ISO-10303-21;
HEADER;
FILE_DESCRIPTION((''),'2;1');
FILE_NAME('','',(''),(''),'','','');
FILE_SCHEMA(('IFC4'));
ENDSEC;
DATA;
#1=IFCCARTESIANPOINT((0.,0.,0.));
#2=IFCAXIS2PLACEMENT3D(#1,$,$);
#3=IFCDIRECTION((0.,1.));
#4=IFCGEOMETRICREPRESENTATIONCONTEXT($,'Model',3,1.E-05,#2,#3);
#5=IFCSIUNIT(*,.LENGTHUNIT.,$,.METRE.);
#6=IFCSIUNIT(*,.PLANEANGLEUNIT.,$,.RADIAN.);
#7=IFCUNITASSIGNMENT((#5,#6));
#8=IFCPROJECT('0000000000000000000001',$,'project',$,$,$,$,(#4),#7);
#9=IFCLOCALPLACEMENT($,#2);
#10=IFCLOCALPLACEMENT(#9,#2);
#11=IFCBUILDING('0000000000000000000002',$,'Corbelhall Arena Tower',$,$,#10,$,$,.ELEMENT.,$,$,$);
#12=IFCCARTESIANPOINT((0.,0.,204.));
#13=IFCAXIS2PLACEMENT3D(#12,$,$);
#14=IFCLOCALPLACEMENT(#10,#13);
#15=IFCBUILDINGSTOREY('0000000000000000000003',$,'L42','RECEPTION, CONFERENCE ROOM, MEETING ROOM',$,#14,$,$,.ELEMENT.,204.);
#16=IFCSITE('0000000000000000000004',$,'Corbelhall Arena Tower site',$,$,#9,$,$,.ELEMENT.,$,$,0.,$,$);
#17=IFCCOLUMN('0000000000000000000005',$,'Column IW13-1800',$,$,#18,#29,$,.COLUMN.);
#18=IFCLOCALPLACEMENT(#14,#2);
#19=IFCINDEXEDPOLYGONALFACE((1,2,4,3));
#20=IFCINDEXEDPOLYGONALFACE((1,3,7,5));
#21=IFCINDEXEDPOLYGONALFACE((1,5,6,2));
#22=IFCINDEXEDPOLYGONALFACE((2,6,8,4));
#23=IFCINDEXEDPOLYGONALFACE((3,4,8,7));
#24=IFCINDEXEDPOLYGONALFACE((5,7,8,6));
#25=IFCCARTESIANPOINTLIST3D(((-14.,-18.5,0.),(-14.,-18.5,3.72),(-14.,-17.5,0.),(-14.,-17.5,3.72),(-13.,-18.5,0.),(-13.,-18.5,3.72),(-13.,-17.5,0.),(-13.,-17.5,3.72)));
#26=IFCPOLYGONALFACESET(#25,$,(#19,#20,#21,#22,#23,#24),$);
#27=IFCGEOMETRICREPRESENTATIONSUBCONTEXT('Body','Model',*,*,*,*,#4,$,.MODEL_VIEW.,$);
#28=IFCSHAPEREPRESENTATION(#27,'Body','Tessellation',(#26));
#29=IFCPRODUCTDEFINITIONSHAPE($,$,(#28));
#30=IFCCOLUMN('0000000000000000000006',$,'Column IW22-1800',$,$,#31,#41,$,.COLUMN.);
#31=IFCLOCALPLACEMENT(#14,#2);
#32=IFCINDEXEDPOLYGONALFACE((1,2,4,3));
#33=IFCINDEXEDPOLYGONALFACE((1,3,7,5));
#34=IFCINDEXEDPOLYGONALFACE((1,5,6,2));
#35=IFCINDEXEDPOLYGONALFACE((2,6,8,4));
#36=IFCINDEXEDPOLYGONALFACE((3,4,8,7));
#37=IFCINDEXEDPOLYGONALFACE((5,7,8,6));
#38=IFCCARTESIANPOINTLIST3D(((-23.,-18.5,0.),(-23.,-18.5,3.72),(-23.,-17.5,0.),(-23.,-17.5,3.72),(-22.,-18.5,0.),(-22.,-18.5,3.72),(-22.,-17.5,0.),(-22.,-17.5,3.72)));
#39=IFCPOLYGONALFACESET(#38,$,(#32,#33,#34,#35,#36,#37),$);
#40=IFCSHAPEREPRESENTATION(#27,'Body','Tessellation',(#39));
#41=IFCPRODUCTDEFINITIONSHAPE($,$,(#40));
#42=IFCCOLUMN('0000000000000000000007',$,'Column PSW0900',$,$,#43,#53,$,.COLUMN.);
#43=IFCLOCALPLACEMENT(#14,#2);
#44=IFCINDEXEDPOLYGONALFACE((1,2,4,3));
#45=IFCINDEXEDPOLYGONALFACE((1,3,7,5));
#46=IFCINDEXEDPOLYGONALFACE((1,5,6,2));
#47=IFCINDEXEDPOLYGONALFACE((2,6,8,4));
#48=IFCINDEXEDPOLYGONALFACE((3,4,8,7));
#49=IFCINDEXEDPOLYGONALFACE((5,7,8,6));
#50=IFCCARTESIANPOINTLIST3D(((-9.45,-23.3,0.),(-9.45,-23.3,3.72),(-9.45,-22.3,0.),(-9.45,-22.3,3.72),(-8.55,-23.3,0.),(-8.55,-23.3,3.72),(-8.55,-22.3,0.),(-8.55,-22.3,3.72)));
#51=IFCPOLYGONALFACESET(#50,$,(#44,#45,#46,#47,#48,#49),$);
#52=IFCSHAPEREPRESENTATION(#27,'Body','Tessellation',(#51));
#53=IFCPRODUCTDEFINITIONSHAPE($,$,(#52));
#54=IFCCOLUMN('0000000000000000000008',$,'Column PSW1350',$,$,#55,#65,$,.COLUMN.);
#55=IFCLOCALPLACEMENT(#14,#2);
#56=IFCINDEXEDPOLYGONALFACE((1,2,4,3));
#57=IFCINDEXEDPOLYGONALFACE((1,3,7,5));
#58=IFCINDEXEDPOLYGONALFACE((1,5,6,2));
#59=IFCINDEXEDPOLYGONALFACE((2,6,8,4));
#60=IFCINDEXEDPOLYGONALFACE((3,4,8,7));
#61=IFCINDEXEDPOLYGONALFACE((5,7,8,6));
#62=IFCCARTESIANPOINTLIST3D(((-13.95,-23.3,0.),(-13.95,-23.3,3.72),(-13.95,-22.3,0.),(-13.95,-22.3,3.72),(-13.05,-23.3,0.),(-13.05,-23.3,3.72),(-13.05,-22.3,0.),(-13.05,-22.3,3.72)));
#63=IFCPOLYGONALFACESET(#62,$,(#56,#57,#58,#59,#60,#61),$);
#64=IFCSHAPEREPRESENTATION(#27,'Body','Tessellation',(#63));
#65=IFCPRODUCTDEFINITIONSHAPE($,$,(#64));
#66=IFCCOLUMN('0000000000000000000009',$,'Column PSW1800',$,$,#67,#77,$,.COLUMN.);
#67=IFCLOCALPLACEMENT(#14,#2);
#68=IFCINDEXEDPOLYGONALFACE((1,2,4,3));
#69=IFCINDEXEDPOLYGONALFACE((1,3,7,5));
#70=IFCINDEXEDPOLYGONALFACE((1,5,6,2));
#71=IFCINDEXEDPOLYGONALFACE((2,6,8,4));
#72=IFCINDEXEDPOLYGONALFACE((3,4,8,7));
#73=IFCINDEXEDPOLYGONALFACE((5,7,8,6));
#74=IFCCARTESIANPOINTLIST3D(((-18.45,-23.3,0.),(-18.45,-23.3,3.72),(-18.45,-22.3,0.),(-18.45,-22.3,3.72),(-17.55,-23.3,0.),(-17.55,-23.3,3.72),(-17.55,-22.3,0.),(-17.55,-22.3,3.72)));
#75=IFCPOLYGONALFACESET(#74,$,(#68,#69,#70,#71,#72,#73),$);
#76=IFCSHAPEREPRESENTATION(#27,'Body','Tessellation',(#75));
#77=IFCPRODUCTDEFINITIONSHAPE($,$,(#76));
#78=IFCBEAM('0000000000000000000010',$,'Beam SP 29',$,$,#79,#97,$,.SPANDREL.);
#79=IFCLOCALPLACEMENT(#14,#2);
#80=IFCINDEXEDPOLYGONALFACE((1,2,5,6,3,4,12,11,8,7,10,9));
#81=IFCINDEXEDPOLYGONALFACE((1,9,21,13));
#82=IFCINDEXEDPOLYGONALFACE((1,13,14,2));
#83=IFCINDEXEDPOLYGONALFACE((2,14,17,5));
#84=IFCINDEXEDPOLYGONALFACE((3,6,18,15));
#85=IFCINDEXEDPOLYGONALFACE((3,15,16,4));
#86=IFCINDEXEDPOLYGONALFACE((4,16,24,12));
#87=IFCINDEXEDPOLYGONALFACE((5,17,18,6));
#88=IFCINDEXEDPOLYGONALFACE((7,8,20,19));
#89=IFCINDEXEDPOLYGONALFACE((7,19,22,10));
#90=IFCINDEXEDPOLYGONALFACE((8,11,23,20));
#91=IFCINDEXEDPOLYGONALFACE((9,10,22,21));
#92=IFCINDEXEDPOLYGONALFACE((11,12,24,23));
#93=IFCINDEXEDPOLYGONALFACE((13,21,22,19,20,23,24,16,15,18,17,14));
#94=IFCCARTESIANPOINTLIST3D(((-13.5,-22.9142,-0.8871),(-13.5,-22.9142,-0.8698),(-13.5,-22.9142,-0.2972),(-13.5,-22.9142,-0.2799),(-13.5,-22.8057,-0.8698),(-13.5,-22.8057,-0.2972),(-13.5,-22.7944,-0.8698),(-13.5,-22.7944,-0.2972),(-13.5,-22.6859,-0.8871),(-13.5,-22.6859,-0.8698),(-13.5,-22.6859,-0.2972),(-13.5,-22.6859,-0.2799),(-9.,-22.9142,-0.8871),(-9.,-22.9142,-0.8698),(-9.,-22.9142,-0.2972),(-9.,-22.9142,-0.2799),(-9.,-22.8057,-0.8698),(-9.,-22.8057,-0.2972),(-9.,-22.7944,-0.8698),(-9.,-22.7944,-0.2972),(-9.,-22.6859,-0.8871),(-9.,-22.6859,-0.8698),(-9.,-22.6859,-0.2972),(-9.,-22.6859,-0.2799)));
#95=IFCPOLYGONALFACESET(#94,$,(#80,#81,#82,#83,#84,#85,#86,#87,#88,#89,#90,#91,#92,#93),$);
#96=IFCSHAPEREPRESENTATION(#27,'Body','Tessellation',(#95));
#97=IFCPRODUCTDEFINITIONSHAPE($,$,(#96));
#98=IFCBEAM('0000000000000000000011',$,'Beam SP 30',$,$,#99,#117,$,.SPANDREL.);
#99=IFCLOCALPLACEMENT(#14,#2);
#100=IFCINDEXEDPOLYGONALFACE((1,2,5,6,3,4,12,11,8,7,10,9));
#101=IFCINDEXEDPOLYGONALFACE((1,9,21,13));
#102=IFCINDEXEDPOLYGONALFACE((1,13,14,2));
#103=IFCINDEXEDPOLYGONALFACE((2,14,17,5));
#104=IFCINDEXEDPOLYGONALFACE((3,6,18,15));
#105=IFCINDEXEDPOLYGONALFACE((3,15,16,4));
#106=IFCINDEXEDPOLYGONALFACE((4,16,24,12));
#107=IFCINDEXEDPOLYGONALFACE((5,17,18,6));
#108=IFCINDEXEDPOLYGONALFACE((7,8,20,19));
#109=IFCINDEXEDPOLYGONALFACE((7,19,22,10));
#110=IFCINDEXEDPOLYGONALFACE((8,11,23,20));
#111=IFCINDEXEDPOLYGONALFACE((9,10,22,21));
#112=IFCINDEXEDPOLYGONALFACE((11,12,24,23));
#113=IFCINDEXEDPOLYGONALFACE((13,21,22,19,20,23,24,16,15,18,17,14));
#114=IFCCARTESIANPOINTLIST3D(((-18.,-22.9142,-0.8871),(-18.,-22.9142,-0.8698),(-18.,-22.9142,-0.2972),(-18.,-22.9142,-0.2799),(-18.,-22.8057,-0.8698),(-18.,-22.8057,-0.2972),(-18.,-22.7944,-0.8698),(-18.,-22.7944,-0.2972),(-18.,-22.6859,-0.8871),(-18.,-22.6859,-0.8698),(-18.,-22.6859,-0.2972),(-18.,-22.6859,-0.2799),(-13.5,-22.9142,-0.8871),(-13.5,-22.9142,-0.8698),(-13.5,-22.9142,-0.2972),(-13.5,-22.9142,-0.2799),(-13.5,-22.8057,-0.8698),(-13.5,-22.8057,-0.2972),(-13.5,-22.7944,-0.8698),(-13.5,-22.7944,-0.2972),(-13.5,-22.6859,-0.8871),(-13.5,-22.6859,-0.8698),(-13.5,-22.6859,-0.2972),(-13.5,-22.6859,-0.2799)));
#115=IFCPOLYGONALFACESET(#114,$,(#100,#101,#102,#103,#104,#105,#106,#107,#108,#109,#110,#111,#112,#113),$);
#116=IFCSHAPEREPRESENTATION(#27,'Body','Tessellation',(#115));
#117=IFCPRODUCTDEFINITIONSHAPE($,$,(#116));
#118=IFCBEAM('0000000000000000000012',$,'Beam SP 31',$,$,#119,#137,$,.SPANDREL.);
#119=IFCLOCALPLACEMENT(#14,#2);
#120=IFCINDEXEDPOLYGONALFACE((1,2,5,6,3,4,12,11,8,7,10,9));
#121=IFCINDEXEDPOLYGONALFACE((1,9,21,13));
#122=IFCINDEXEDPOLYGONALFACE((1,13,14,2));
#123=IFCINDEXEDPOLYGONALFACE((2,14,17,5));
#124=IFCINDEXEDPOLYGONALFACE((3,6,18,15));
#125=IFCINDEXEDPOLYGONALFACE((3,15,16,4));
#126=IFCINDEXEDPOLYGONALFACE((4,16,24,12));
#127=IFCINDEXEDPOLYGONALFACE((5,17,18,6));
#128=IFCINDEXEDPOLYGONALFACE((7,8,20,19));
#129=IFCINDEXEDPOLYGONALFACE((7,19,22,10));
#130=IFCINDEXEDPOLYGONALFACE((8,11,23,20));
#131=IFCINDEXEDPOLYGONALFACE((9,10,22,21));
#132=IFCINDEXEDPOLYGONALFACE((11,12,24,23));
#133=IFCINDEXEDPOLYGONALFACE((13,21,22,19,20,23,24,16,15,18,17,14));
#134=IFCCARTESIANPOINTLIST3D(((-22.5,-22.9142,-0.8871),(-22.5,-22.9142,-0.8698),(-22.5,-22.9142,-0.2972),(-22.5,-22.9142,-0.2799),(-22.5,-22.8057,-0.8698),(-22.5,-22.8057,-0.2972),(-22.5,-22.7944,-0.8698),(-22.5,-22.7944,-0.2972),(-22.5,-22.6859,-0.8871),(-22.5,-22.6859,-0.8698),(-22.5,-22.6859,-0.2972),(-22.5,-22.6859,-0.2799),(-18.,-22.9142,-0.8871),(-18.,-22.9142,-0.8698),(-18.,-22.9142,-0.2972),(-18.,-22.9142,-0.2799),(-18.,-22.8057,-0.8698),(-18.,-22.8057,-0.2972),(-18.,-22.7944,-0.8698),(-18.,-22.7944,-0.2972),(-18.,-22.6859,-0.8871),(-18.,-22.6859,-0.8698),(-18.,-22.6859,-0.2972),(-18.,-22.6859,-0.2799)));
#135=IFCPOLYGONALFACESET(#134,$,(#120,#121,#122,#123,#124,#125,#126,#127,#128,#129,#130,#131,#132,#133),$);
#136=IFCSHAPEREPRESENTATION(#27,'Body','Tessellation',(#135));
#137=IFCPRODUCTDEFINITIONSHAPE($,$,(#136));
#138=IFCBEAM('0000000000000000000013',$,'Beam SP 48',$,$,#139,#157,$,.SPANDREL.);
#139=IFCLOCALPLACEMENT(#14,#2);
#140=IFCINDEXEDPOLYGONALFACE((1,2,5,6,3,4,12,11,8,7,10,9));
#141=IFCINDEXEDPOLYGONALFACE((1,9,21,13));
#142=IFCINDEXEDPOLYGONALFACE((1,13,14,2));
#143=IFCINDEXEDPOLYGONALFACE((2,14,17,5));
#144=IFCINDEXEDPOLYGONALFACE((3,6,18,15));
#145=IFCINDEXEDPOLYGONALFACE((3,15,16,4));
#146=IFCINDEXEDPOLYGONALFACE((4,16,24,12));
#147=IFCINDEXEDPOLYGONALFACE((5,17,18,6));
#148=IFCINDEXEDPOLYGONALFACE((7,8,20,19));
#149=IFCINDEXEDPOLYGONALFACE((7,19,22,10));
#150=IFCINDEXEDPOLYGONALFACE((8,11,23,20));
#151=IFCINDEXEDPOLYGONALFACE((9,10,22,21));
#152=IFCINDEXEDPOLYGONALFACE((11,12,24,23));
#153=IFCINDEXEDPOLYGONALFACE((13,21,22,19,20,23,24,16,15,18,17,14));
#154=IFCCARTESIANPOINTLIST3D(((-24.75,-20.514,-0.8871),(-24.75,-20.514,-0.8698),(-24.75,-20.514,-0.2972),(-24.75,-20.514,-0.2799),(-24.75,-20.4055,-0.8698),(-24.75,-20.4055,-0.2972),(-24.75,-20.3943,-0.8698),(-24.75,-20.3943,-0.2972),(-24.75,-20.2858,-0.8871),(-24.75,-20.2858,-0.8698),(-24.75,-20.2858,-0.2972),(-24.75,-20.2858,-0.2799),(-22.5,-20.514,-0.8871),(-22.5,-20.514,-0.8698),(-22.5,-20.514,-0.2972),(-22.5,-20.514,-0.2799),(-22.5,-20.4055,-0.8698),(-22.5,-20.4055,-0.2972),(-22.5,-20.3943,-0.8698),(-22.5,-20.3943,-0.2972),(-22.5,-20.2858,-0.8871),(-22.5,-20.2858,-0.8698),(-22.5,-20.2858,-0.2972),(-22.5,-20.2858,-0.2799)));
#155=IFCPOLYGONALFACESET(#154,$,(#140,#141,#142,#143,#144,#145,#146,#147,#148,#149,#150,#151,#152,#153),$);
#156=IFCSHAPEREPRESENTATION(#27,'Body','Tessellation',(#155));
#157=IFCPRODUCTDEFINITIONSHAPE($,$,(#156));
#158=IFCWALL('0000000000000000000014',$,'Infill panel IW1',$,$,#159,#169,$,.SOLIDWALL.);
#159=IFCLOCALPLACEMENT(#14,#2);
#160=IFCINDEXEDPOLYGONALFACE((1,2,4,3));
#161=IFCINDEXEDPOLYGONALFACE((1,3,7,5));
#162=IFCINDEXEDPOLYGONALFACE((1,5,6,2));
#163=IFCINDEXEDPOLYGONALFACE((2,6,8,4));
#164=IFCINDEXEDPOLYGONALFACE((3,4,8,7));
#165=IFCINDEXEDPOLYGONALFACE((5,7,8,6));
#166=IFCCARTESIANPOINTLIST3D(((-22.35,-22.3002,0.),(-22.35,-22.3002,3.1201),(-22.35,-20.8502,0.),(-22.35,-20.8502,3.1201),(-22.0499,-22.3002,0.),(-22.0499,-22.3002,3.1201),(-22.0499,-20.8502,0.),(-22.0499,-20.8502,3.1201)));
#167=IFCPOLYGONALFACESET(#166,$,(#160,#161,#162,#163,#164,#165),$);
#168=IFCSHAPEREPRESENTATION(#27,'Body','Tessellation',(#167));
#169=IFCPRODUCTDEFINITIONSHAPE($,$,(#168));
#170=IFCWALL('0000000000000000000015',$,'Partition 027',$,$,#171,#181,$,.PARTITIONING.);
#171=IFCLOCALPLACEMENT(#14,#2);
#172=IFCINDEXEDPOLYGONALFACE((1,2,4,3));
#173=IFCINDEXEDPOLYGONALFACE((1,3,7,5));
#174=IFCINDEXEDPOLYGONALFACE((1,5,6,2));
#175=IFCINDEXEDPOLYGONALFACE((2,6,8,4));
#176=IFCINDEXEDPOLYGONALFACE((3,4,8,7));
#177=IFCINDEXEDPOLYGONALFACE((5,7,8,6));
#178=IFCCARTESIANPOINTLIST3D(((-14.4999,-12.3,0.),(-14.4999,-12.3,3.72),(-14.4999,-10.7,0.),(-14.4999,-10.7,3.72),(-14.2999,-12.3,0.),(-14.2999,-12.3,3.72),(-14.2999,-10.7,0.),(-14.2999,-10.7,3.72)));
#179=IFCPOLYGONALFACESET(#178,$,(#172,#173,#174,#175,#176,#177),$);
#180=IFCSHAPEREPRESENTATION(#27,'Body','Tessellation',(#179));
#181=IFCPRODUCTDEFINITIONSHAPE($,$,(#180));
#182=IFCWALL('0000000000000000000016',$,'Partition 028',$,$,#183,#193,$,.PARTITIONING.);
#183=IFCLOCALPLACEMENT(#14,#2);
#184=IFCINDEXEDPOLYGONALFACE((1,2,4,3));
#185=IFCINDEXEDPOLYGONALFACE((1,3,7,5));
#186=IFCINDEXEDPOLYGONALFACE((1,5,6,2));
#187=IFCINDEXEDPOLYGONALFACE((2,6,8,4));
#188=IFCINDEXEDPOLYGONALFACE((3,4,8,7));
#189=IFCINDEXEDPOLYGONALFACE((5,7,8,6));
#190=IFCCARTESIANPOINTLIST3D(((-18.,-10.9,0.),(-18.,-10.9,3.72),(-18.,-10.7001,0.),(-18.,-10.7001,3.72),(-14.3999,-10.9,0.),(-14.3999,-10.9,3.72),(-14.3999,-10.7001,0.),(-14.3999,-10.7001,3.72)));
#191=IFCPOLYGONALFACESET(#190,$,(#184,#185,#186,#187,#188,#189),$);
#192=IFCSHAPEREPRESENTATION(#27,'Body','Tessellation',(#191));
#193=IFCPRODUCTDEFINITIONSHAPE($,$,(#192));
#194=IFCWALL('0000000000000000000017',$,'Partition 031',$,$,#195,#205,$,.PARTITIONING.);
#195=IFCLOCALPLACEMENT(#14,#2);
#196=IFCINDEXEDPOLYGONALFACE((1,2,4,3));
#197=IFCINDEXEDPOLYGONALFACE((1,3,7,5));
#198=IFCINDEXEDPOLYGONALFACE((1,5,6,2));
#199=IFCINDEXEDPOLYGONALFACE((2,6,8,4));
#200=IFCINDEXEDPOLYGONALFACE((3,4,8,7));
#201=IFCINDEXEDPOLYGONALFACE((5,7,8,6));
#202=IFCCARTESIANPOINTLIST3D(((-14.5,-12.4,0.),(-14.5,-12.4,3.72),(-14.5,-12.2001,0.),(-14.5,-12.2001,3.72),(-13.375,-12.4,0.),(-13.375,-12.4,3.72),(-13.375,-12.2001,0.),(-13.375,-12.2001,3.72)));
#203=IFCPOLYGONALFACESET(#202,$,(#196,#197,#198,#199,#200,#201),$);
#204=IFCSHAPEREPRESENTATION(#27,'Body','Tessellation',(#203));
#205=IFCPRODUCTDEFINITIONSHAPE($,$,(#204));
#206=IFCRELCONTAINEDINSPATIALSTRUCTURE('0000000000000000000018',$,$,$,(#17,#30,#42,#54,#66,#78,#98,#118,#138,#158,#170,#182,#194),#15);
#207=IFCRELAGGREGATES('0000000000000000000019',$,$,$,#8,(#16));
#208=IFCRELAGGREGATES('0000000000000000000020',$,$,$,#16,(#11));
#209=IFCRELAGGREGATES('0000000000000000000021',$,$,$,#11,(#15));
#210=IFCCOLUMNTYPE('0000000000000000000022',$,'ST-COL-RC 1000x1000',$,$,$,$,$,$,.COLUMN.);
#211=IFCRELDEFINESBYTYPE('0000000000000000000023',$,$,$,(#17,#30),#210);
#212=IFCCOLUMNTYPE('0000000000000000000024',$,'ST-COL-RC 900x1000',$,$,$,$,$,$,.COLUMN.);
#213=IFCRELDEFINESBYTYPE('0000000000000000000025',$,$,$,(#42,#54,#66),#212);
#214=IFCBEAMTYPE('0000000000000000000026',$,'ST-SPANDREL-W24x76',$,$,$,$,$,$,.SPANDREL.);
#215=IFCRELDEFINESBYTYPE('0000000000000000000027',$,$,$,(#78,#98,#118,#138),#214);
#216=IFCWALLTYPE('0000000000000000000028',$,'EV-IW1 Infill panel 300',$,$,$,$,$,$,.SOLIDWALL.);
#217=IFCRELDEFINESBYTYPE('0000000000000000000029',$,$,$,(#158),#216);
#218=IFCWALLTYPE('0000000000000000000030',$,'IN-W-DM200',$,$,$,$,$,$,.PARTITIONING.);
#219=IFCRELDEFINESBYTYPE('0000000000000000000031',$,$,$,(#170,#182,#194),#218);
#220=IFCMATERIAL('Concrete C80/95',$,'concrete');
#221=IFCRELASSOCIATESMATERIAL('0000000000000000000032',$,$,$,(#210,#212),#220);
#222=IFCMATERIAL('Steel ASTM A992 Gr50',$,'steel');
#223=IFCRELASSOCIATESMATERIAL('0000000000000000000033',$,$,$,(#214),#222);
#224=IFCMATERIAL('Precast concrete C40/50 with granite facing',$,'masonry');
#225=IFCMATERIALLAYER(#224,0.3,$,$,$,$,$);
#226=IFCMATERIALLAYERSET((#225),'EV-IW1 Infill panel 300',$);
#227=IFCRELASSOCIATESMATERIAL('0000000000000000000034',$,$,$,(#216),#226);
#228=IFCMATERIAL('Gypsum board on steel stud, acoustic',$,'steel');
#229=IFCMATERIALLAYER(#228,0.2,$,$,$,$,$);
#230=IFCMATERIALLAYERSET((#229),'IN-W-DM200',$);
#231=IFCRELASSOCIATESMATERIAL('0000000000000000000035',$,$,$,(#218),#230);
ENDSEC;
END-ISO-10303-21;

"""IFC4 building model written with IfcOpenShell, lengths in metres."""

from ifc_helpers import new_model, si_unit, direction, frame, frame_2d, origin, origin_2d, place, context, subcontext, project, spatial, rectangle, i_section, extrude, material, layer, layer_set, material_profile, profile_set, type_object, element, save


model = new_model("IFC4")

# Units and contexts
model_context = context("Model", 3, precision=1e-05, world=origin(), true_north=direction((0.0, 1.0)))
body_context = subcontext(model_context, "Body", "Model", "MODEL_VIEW")
ifc_project = project(units=[si_unit("LENGTHUNIT", "METRE"), si_unit("PLANEANGLEUNIT", "RADIAN")], contexts=[model_context])

# Site, building, storey
site_placement = place(None, origin())
site = spatial("IfcSite", under=ifc_project, at=site_placement, Name="Corbelhall Arena Tower site", CompositionType="ELEMENT", RefElevation=0.0)
building_placement = place(site_placement, origin())
building = spatial("IfcBuilding", under=site, at=building_placement, Name="Corbelhall Arena Tower", CompositionType="ELEMENT")
storey_placement = place(building_placement, frame((0.0, 0.0, 204.0)))
storey = spatial("IfcBuildingStorey", under=building, at=storey_placement, Name="L42", Description="RECEPTION, CONFERENCE ROOM, MEETING ROOM", CompositionType="ELEMENT", Elevation=204.0)

# Columns
ifc_material_1 = material(Name="Concrete C80/95", Category="concrete")
ifc_material_profile_1 = material_profile(ifc_material_1, rectangle(XDim=1.0, YDim=1.0, at=origin_2d()))
ifc_profile_set_1 = profile_set([ifc_material_profile_1], Name="Concrete C80/95")
column_type_1 = type_object("IfcColumnType", Name="ST-COL-RC 1000x1000", PredefinedType="COLUMN", material=ifc_profile_set_1)
for number, where, z_axis, x_axis, name in (
    (1, (-13.5, -18.0, 0.0), (0.0, 0.0, 1.0), (1.0, 0.0, 0.0), "Column IW13-1800"),
    (2, (-22.5, -18.0, 0.0), (0.0, 0.0, 1.0), (1.0, 0.0, 0.0), "Column IW22-1800"),
):
    element("IfcColumn", number, at=place(storey_placement, frame(where, z_axis=z_axis, x_axis=x_axis)), inside=storey, type_object=column_type_1, Name=name, PredefinedType="COLUMN", context=body_context, shape_type="SweptSolid", body=[
        extrude(rectangle(XDim=1.0, YDim=1.0, at=origin_2d()), origin(), (0.0, 0.0, 1.0), 3.72),
    ])
ifc_material_profile_2 = material_profile(ifc_material_1, rectangle(XDim=0.8999, YDim=1.0, at=origin_2d()))
ifc_profile_set_2 = profile_set([ifc_material_profile_2], Name="Concrete C80/95")
column_type_2 = type_object("IfcColumnType", Name="ST-COL-RC 900x1000", PredefinedType="COLUMN", material=ifc_profile_set_2)
for number, where, z_axis, x_axis, name in (
    (3, (-9.0, -22.8, 0.0), (0.0, 0.0, 1.0), (1.0, 0.0, 0.0), "Column PSW0900"),
    (4, (-13.5, -22.8, 0.0), (0.0, 0.0, 1.0), (1.0, 0.0, 0.0), "Column PSW1350"),
    (5, (-18.0, -22.8, 0.0), (0.0, 0.0, 1.0), (1.0, 0.0, 0.0), "Column PSW1800"),
):
    element("IfcColumn", number, at=place(storey_placement, frame(where, z_axis=z_axis, x_axis=x_axis)), inside=storey, type_object=column_type_2, Name=name, PredefinedType="COLUMN", context=body_context, shape_type="SweptSolid", body=[
        extrude(rectangle(XDim=0.8999, YDim=1.0, at=origin_2d()), origin(), (0.0, 0.0, 1.0), 3.72),
    ])

# Beams
ifc_material_2 = material(Name="Steel ASTM A992 Gr50", Category="steel")
ifc_material_profile_3 = material_profile(ifc_material_2, i_section(OverallWidth=0.2283, OverallDepth=0.6072, WebThickness=0.0112, FlangeThickness=0.0173, at=origin_2d()))
ifc_profile_set_3 = profile_set([ifc_material_profile_3], Name="Steel ASTM A992 Gr50")
beam_type = type_object("IfcBeamType", Name="ST-SPANDREL-W24x76", PredefinedType="SPANDREL", material=ifc_profile_set_3)
for number, where, z_axis, x_axis, name in (
    (6, (-9.0, -22.8, -0.5835), (-1.0, 0.0, 0.0), (0.0, -1.0, 0.0), "Beam SP 29"),
    (7, (-13.5, -22.8, -0.5835), (-1.0, 0.0, 0.0), (0.0, -1.0, 0.0), "Beam SP 30"),
    (8, (-18.0, -22.8, -0.5835), (-1.0, 0.0, 0.0), (0.0, -1.0, 0.0), "Beam SP 31"),
):
    element("IfcBeam", number, at=place(storey_placement, frame(where, z_axis=z_axis, x_axis=x_axis)), inside=storey, type_object=beam_type, Name=name, PredefinedType="SPANDREL", context=body_context, shape_type="SweptSolid", body=[
        extrude(i_section(OverallWidth=0.2283, OverallDepth=0.6072, WebThickness=0.0112, FlangeThickness=0.0173, at=origin_2d()), origin(), (0.0, 0.0, 1.0), 4.5),
    ])
beam_placement = place(storey_placement, frame((-22.5, -20.3999, -0.5835), z_axis=(-1.0, 0.0, 0.0), x_axis=(0.0, -1.0, 0.0)))
element("IfcBeam", 9, at=beam_placement, inside=storey, type_object=beam_type, Name="Beam SP 48", PredefinedType="SPANDREL", context=body_context, shape_type="SweptSolid", body=[
    extrude(i_section(OverallWidth=0.2283, OverallDepth=0.6072, WebThickness=0.0112, FlangeThickness=0.0173, at=origin_2d()), origin(), (0.0, 0.0, 1.0), 2.25),
])

# Wall
ifc_material_3 = material(Name="Precast concrete C40/50 with granite facing", Category="masonry")
ifc_layer_1 = layer(ifc_material_3, 0.3)
ifc_layer_set_1 = layer_set([ifc_layer_1], Name="EV-IW1 Infill panel 300")
wall_type_1 = type_object("IfcWallType", Name="EV-IW1 Infill panel 300", PredefinedType="SOLIDWALL", material=ifc_layer_set_1)
wall_1_placement = place(storey_placement, frame((-22.2, -20.8501, 0.0), z_axis=(0.0, 0.0, 1.0), x_axis=(0.0, -1.0, 0.0)))
element("IfcWall", 10, at=wall_1_placement, inside=storey, type_object=wall_type_1, Name="Infill panel IW1", PredefinedType="SOLIDWALL", context=body_context, shape_type="SweptSolid", body=[
    extrude(rectangle(XDim=1.45, YDim=0.3, at=frame_2d((0.7251, 0.0))), origin(), (0.0, 0.0, 1.0), 3.1201),
])

# Shared definitions
ifc_material_4 = material(Name="Gypsum board on steel stud, acoustic", Category="steel")
ifc_layer_2 = layer(ifc_material_4, 0.2)
ifc_layer_set_2 = layer_set([ifc_layer_2], Name="IN-W-DM200")
wall_type_2 = type_object("IfcWallType", Name="IN-W-DM200", PredefinedType="PARTITIONING", material=ifc_layer_set_2)

# Walls
wall_2_placement = place(storey_placement, frame((-14.3999, -12.3, 0.0), z_axis=(0.0, 0.0, 1.0), x_axis=(0.0, 1.0, 0.0)))
element("IfcWall", 11, at=wall_2_placement, inside=storey, type_object=wall_type_2, Name="Partition 027", PredefinedType="PARTITIONING", context=body_context, shape_type="SweptSolid", body=[
    extrude(rectangle(XDim=1.6001, YDim=0.2, at=frame_2d((0.8, 0.0))), origin(), (0.0, 0.0, 1.0), 3.72),
])
wall_3_placement = place(storey_placement, frame((-14.3999, -10.8, 0.0), z_axis=(0.0, 0.0, 1.0), x_axis=(-1.0, 0.0, 0.0)))
element("IfcWall", 12, at=wall_3_placement, inside=storey, type_object=wall_type_2, Name="Partition 028", PredefinedType="PARTITIONING", context=body_context, shape_type="SweptSolid", body=[
    extrude(rectangle(XDim=3.6001, YDim=0.2, at=frame_2d((1.8, 0.0))), origin(), (0.0, 0.0, 1.0), 3.72),
])
wall_4_placement = place(storey_placement, frame((-13.375, -12.3, 0.0), z_axis=(0.0, 0.0, 1.0), x_axis=(-1.0, 0.0, 0.0)))
element("IfcWall", 13, at=wall_4_placement, inside=storey, type_object=wall_type_2, Name="Partition 031", PredefinedType="PARTITIONING", context=body_context, shape_type="SweptSolid", body=[
    extrude(rectangle(XDim=1.125, YDim=0.2, at=frame_2d((0.5625, 0.0))), origin(), (0.0, 0.0, 1.0), 3.72),
])

save(model, "model.ifc")
